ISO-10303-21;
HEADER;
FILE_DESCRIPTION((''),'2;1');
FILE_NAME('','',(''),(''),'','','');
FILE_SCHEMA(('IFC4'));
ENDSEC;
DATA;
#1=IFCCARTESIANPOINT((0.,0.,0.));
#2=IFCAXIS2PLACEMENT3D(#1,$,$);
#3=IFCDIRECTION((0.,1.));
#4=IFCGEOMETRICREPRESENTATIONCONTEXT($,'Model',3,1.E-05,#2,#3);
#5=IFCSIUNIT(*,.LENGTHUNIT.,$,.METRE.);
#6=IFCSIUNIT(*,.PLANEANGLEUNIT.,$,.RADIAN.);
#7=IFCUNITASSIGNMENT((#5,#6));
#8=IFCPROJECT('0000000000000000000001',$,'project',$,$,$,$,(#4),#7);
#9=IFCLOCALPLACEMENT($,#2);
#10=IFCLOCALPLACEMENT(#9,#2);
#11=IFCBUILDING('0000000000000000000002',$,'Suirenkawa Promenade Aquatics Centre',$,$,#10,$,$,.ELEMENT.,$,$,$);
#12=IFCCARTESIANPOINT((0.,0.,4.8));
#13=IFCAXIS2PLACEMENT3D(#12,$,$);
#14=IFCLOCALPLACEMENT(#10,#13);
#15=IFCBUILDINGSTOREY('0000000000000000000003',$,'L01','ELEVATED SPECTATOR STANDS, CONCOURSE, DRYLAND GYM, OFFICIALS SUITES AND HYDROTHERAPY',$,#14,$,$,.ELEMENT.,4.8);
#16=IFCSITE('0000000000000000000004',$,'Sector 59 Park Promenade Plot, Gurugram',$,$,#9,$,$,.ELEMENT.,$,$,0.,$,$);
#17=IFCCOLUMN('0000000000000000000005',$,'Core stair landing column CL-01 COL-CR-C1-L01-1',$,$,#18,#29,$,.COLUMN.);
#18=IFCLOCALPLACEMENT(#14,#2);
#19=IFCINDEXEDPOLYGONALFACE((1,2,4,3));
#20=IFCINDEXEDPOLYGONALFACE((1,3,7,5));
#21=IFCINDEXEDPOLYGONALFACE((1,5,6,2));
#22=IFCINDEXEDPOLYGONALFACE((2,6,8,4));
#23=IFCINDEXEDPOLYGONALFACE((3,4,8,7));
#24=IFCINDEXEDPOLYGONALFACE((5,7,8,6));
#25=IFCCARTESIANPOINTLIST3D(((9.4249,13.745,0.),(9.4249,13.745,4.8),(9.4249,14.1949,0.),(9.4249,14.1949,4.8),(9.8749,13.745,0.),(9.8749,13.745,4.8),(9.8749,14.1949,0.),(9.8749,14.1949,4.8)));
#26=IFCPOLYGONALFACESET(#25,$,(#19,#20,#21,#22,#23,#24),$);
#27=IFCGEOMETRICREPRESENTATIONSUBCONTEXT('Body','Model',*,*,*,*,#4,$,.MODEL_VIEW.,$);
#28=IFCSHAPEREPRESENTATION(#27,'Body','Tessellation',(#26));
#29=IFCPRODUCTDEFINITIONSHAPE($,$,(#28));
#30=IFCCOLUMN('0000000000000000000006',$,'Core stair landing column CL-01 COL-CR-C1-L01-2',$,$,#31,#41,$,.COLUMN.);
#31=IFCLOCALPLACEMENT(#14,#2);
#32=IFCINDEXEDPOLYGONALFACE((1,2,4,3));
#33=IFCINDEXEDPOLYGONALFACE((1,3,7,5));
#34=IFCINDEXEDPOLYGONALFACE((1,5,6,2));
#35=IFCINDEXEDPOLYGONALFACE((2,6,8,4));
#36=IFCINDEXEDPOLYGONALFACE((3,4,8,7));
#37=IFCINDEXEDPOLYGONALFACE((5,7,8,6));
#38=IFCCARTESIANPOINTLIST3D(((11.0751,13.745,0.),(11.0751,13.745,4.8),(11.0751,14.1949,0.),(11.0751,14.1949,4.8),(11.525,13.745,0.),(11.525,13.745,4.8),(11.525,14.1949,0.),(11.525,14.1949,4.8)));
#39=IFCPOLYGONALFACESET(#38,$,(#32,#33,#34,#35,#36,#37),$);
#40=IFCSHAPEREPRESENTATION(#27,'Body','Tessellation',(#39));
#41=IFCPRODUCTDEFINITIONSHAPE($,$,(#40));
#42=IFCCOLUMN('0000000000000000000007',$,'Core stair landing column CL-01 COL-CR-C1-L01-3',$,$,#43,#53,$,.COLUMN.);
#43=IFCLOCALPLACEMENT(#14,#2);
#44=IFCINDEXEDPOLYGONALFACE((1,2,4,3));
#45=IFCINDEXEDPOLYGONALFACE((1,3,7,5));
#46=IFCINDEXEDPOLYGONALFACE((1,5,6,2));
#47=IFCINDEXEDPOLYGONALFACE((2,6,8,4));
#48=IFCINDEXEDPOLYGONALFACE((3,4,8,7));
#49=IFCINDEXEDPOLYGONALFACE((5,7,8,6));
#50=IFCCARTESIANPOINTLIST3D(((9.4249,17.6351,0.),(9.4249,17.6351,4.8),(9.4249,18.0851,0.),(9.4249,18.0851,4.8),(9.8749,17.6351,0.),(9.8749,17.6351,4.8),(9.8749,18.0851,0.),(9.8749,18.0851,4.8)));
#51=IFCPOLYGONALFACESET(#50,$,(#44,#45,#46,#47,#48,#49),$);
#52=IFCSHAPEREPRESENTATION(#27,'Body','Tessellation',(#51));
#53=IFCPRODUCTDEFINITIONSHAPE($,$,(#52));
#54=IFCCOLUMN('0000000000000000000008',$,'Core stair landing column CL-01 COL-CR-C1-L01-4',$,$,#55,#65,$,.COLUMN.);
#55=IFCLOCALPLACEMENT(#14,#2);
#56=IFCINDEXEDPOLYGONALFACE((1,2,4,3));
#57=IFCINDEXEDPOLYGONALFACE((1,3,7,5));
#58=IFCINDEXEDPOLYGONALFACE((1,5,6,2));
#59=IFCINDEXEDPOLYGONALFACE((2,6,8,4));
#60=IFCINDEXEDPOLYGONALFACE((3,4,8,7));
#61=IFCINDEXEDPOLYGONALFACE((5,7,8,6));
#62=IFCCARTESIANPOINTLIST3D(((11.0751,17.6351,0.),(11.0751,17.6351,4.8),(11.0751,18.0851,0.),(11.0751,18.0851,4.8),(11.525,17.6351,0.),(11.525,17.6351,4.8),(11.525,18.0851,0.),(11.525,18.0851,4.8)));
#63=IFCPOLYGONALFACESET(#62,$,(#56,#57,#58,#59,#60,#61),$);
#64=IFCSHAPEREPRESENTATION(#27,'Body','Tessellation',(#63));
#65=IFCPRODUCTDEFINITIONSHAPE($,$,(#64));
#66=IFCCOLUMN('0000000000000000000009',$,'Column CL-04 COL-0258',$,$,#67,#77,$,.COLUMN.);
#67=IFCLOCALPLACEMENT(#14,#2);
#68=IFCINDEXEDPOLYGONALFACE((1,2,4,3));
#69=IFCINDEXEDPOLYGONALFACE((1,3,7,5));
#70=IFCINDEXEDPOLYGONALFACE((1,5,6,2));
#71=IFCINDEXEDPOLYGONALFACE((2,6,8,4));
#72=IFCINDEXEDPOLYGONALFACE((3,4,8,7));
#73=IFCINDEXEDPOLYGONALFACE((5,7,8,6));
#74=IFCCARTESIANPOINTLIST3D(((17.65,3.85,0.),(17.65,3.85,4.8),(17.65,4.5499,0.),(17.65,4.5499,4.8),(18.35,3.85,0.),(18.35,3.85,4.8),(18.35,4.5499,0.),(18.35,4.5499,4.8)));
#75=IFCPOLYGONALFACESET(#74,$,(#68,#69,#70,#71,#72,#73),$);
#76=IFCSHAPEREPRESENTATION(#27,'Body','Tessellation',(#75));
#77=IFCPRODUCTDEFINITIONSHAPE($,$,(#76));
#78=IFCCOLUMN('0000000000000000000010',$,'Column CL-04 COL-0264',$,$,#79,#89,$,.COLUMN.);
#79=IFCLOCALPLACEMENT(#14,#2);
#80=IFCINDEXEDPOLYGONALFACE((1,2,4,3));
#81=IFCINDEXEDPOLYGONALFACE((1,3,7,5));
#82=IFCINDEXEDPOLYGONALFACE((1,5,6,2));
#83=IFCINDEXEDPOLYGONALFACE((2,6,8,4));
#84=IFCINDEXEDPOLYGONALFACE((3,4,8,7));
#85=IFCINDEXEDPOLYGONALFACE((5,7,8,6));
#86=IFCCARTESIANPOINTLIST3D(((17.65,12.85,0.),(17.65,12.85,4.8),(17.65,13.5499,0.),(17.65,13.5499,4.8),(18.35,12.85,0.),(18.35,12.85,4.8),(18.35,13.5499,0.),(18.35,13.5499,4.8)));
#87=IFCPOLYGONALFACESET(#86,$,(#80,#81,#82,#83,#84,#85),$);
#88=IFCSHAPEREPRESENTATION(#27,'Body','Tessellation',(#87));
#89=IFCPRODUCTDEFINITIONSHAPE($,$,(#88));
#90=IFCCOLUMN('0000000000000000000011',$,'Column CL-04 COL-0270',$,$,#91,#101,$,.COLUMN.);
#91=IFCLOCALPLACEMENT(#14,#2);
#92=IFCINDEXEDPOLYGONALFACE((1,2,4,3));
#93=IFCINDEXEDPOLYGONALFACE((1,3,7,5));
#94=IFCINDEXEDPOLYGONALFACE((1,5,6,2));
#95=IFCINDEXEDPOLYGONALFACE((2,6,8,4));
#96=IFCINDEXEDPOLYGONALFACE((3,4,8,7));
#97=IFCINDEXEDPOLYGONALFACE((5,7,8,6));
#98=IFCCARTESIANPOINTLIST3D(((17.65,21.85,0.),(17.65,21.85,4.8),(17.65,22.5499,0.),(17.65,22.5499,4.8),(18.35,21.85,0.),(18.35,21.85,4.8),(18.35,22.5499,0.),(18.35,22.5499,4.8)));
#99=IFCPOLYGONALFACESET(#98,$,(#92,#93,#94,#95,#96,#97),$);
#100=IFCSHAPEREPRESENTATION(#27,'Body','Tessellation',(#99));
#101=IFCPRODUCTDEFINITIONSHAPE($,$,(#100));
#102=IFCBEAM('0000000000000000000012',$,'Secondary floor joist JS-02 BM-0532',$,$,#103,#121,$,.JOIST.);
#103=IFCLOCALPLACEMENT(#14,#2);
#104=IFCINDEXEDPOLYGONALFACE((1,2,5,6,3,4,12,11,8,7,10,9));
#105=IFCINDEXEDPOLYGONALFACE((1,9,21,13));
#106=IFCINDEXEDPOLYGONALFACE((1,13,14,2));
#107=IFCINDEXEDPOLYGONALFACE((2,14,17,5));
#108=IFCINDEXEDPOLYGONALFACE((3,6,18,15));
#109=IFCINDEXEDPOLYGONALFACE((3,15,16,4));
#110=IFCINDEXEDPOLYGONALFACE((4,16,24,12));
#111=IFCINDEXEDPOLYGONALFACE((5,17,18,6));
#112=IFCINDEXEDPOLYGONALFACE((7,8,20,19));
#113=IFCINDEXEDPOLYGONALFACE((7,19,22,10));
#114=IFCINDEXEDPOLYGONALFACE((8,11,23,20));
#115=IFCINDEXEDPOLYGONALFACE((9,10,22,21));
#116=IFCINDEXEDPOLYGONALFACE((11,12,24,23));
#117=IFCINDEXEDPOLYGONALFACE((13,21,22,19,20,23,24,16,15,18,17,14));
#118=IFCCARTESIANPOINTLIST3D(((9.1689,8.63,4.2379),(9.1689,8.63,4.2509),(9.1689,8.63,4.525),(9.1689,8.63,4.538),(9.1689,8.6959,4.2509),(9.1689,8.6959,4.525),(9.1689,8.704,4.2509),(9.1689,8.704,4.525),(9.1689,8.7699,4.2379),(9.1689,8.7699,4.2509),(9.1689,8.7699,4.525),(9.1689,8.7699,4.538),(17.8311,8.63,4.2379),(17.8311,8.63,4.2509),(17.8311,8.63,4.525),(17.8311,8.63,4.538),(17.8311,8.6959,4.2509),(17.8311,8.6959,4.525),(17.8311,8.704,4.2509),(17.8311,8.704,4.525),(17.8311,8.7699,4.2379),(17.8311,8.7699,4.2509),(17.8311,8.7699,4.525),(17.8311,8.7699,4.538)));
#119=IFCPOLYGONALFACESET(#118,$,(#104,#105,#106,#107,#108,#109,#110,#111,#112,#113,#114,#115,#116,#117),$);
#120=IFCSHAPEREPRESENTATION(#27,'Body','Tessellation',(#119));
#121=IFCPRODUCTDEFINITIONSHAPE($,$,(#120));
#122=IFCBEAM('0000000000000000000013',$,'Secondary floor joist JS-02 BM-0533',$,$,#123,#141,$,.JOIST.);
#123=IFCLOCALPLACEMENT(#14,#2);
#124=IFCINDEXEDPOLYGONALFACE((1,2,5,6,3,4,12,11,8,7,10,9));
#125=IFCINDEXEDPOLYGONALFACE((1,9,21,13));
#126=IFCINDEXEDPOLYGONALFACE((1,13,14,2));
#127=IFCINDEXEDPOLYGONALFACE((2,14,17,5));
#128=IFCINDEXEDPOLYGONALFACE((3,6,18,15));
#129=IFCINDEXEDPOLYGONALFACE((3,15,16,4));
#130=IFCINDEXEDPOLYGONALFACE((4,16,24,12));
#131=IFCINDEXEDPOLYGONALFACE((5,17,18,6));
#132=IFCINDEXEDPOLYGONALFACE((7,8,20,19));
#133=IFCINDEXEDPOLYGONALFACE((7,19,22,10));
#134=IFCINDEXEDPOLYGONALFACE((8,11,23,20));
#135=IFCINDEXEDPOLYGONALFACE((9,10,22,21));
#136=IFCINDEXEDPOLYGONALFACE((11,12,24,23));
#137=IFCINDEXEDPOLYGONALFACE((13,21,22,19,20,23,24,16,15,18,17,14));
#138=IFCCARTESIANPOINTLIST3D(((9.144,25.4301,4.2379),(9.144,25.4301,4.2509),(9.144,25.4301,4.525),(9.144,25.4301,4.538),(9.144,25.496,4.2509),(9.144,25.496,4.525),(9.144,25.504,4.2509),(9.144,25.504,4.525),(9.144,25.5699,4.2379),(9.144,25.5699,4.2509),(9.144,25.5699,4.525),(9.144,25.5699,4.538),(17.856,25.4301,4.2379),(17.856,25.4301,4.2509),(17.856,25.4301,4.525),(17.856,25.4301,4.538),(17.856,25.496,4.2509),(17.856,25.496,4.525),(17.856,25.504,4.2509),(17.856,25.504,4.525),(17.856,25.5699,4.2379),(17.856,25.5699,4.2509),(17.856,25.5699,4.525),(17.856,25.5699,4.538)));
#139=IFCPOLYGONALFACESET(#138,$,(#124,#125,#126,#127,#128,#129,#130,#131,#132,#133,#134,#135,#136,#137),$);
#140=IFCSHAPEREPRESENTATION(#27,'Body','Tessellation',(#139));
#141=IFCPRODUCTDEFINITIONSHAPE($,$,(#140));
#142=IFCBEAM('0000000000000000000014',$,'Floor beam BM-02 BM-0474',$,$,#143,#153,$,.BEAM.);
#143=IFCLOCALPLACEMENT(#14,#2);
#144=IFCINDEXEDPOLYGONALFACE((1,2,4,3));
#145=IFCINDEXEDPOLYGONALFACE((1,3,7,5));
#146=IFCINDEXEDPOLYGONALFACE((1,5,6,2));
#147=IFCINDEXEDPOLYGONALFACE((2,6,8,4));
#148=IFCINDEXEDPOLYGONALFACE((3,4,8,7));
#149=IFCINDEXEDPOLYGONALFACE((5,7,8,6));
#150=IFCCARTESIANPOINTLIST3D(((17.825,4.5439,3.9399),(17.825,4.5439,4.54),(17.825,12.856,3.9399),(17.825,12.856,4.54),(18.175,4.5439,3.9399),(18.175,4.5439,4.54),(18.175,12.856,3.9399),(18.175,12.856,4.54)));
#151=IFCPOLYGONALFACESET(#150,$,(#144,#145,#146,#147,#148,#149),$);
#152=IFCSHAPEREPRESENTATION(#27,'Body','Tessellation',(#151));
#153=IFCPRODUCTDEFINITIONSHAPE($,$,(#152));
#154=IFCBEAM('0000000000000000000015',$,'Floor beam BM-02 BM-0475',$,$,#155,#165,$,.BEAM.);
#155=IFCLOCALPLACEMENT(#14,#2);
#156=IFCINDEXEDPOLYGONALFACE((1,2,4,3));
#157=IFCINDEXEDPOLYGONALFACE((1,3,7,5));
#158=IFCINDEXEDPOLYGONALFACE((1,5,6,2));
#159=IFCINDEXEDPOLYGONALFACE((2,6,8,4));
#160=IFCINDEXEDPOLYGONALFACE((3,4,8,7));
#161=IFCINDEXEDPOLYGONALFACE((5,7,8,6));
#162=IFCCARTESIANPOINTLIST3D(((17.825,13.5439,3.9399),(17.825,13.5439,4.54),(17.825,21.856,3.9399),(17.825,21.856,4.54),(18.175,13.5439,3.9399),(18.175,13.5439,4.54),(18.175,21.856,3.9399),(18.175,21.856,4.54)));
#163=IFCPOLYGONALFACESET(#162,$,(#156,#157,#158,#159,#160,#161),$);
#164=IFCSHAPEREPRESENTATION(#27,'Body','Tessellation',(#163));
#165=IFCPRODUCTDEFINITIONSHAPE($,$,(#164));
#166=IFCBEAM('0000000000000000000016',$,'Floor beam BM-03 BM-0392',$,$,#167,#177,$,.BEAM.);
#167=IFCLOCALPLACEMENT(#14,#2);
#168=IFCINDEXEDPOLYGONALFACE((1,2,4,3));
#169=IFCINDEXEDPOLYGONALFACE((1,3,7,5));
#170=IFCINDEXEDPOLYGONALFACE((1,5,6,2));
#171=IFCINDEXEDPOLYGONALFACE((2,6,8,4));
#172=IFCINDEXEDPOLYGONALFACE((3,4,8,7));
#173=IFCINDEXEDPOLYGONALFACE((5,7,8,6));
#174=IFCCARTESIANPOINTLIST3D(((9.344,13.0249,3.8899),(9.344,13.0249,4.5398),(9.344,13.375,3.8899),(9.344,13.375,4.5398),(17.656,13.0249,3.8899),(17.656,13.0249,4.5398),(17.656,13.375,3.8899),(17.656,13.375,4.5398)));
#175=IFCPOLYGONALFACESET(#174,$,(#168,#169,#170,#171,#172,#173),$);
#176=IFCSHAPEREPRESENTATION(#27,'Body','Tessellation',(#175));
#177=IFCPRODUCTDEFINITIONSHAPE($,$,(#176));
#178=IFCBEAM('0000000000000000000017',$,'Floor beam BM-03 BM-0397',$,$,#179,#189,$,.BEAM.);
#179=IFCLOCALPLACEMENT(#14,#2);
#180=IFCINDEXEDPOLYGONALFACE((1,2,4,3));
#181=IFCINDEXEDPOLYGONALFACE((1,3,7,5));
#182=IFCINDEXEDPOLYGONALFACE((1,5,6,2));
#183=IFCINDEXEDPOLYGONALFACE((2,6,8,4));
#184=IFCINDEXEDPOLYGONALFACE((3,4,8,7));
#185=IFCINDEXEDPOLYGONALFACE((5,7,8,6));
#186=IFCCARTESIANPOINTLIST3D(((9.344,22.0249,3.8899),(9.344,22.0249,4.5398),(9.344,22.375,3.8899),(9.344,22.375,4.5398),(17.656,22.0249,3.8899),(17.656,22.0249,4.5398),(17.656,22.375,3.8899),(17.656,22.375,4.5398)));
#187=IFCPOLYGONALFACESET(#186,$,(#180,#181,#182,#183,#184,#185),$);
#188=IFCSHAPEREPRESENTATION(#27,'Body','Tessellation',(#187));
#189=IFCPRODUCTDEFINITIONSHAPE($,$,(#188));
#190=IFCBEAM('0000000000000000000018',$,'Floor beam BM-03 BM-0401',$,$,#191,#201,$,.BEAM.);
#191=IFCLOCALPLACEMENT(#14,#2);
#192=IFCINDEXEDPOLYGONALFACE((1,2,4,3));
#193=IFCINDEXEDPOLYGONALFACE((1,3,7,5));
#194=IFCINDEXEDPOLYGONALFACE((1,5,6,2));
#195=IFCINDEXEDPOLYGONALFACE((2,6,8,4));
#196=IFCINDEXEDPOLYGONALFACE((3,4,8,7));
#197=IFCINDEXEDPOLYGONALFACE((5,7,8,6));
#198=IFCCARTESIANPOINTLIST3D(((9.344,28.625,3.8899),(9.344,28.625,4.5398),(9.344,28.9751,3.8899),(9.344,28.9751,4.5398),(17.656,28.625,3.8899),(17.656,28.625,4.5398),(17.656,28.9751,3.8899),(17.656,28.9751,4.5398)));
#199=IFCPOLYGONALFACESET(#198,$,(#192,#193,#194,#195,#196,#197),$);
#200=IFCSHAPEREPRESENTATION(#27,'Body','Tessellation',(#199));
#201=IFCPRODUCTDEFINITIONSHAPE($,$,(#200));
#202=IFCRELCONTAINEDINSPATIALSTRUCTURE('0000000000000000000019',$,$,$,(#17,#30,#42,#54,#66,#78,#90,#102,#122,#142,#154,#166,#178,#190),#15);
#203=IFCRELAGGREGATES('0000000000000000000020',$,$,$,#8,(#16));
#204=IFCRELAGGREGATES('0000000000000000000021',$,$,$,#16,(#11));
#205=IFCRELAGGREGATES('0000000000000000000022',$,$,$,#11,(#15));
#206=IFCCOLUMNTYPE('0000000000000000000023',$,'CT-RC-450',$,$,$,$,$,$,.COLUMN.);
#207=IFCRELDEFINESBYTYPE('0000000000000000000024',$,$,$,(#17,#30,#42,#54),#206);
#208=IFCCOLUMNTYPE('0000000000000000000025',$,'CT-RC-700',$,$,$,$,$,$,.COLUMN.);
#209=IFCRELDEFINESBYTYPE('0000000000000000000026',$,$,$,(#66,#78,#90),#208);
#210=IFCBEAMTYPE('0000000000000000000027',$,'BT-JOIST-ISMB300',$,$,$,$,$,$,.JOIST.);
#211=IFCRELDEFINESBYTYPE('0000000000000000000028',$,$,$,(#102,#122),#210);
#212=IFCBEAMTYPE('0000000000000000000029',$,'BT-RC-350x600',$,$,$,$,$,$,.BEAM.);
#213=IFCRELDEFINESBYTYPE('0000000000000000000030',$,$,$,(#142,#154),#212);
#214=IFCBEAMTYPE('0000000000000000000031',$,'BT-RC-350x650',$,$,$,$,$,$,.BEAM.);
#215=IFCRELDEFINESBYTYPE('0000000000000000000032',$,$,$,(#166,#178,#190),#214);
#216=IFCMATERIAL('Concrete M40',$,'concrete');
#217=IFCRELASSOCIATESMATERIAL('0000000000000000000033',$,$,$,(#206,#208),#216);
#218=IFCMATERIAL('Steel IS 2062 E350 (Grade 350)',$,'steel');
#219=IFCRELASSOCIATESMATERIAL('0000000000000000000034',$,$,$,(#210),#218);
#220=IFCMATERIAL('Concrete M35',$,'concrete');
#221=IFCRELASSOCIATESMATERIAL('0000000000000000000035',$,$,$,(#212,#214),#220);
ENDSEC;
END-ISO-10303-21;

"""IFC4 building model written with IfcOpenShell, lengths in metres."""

from ifc_helpers import new_model, si_unit, direction, frame, origin, origin_2d, place, context, subcontext, project, spatial, rectangle, i_section, extrude, material, material_profile, profile_set, type_object, element, save


model = new_model("IFC4")

# Units and contexts
model_context = context("Model", 3, precision=1e-05, world=origin(), true_north=direction((0.0, 1.0)))
body_context = subcontext(model_context, "Body", "Model", "MODEL_VIEW")
ifc_project = project(units=[si_unit("LENGTHUNIT", "METRE"), si_unit("PLANEANGLEUNIT", "RADIAN")], contexts=[model_context])

# Site, building, storey
site_placement = place(None, origin())
site = spatial("IfcSite", under=ifc_project, at=site_placement, Name="Sector 59 Park Promenade Plot, Gurugram", CompositionType="ELEMENT", RefElevation=0.0)
building_placement = place(site_placement, origin())
building = spatial("IfcBuilding", under=site, at=building_placement, Name="Suirenkawa Promenade Aquatics Centre", CompositionType="ELEMENT")
storey_placement = place(building_placement, frame((0.0, 0.0, 4.8)))
storey = spatial("IfcBuildingStorey", under=building, at=storey_placement, Name="L01", Description="ELEVATED SPECTATOR STANDS, CONCOURSE, DRYLAND GYM, OFFICIALS SUITES AND HYDROTHERAPY", CompositionType="ELEMENT", Elevation=4.8)

# Columns
ifc_material_1 = material(Name="Concrete M40", Category="concrete")
ifc_material_profile_1 = material_profile(ifc_material_1, rectangle(XDim=0.45, YDim=0.45, at=origin_2d()), Name="RC COL 450x450", Category="concrete")
ifc_profile_set_1 = profile_set([ifc_material_profile_1], Name="Concrete M40")
column_type_1 = type_object("IfcColumnType", Name="CT-RC-450", PredefinedType="COLUMN", material=ifc_profile_set_1)
for number, where, z_axis, x_axis, name in (
    (1, (9.6499, 13.97, 0.0), (0.0, 0.0, 1.0), (1.0, 0.0, 0.0), "Core stair landing column CL-01 COL-CR-C1-L01-1"),
    (2, (11.3, 13.97, 0.0), (0.0, 0.0, 1.0), (1.0, 0.0, 0.0), "Core stair landing column CL-01 COL-CR-C1-L01-2"),
    (3, (9.6499, 17.8601, 0.0), (0.0, 0.0, 1.0), (1.0, 0.0, 0.0), "Core stair landing column CL-01 COL-CR-C1-L01-3"),
    (4, (11.3, 17.8601, 0.0), (0.0, 0.0, 1.0), (1.0, 0.0, 0.0), "Core stair landing column CL-01 COL-CR-C1-L01-4"),
):
    element("IfcColumn", number, at=place(storey_placement, frame(where, z_axis=z_axis, x_axis=x_axis)), inside=storey, type_object=column_type_1, Name=name, PredefinedType="COLUMN", context=body_context, shape_type="SweptSolid", body=[
        extrude(rectangle(XDim=0.45, YDim=0.45, at=origin_2d()), origin(), (0.0, 0.0, 1.0), 4.8),
    ])
ifc_material_profile_2 = material_profile(ifc_material_1, rectangle(XDim=0.7, YDim=0.7, at=origin_2d()), Name="RC COL 700x700", Category="concrete")
ifc_profile_set_2 = profile_set([ifc_material_profile_2], Name="Concrete M40")
column_type_2 = type_object("IfcColumnType", Name="CT-RC-700", PredefinedType="COLUMN", material=ifc_profile_set_2)
for number, where, z_axis, x_axis, name in (
    (5, (18.0, 4.2, 0.0), (0.0, 0.0, 1.0), (1.0, 0.0, 0.0), "Column CL-04 COL-0258"),
    (6, (18.0, 13.2, 0.0), (0.0, 0.0, 1.0), (1.0, 0.0, 0.0), "Column CL-04 COL-0264"),
    (7, (18.0, 22.2, 0.0), (0.0, 0.0, 1.0), (1.0, 0.0, 0.0), "Column CL-04 COL-0270"),
):
    element("IfcColumn", number, at=place(storey_placement, frame(where, z_axis=z_axis, x_axis=x_axis)), inside=storey, type_object=column_type_2, Name=name, PredefinedType="COLUMN", context=body_context, shape_type="SweptSolid", body=[
        extrude(rectangle(XDim=0.7, YDim=0.7, at=origin_2d()), origin(), (0.0, 0.0, 1.0), 4.8),
    ])

# Beams
ifc_material_2 = material(Name="Steel IS 2062 E350 (Grade 350)", Category="steel")
ifc_material_profile_3 = material_profile(ifc_material_2, i_section(OverallWidth=0.1399, OverallDepth=0.3, WebThickness=0.0081, FlangeThickness=0.0129, at=origin_2d()), Name="ISMB 300", Category="steel")
ifc_profile_set_3 = profile_set([ifc_material_profile_3], Name="Steel IS 2062 E350 (Grade 350)")
beam_type_1 = type_object("IfcBeamType", Name="BT-JOIST-ISMB300", PredefinedType="JOIST", material=ifc_profile_set_3)
beam_1_placement = place(storey_placement, frame((9.1689, 8.7, 4.3879), z_axis=(1.0, 0.0, 0.0), x_axis=(0.0, 1.0, 0.0)))
element("IfcBeam", 8, at=beam_1_placement, inside=storey, type_object=beam_type_1, Name="Secondary floor joist JS-02 BM-0532", PredefinedType="JOIST", context=body_context, shape_type="SweptSolid", body=[
    extrude(i_section(OverallWidth=0.1399, OverallDepth=0.3, WebThickness=0.0081, FlangeThickness=0.0129, at=origin_2d()), origin(), (0.0, 0.0, 1.0), 8.6621),
])
beam_2_placement = place(storey_placement, frame((9.144, 25.5, 4.3879), z_axis=(1.0, 0.0, 0.0), x_axis=(0.0, 1.0, 0.0)))
element("IfcBeam", 9, at=beam_2_placement, inside=storey, type_object=beam_type_1, Name="Secondary floor joist JS-02 BM-0533", PredefinedType="JOIST", context=body_context, shape_type="SweptSolid", body=[
    extrude(i_section(OverallWidth=0.1399, OverallDepth=0.3, WebThickness=0.0081, FlangeThickness=0.0129, at=origin_2d()), origin(), (0.0, 0.0, 1.0), 8.7119),
])
ifc_material_3 = material(Name="Concrete M35", Category="concrete")
ifc_material_profile_4 = material_profile(ifc_material_3, rectangle(XDim=0.3501, YDim=0.6001, at=origin_2d()), Name="RC BM 350x600", Category="concrete")
ifc_profile_set_4 = profile_set([ifc_material_profile_4], Name="Concrete M35")
beam_type_2 = type_object("IfcBeamType", Name="BT-RC-350x600", PredefinedType="BEAM", material=ifc_profile_set_4)
for number, where, z_axis, x_axis, name in (
    (10, (18.0, 4.5439, 4.24), (0.0, 1.0, 0.0), (-1.0, 0.0, 0.0), "Floor beam BM-02 BM-0474"),
    (11, (18.0, 13.5439, 4.24), (0.0, 1.0, 0.0), (-1.0, 0.0, 0.0), "Floor beam BM-02 BM-0475"),
):
    element("IfcBeam", number, at=place(storey_placement, frame(where, z_axis=z_axis, x_axis=x_axis)), inside=storey, type_object=beam_type_2, Name=name, PredefinedType="BEAM", context=body_context, shape_type="SweptSolid", body=[
        extrude(rectangle(XDim=0.3501, YDim=0.6001, at=origin_2d()), origin(), (0.0, 0.0, 1.0), 8.312),
    ])
ifc_material_profile_5 = material_profile(ifc_material_3, rectangle(XDim=0.3501, YDim=0.6499, at=origin_2d()), Name="RC BM 350x650", Category="concrete")
ifc_profile_set_5 = profile_set([ifc_material_profile_5], Name="Concrete M35")
beam_type_3 = type_object("IfcBeamType", Name="BT-RC-350x650", PredefinedType="BEAM", material=ifc_profile_set_5)
for number, where, z_axis, x_axis, name in (
    (12, (9.344, 13.2, 4.2148), (1.0, 0.0, 0.0), (0.0, 1.0, 0.0), "Floor beam BM-03 BM-0392"),
    (13, (9.344, 22.2, 4.2148), (1.0, 0.0, 0.0), (0.0, 1.0, 0.0), "Floor beam BM-03 BM-0397"),
    (14, (9.344, 28.8, 4.2148), (1.0, 0.0, 0.0), (0.0, 1.0, 0.0), "Floor beam BM-03 BM-0401"),
):
    element("IfcBeam", number, at=place(storey_placement, frame(where, z_axis=z_axis, x_axis=x_axis)), inside=storey, type_object=beam_type_3, Name=name, PredefinedType="BEAM", context=body_context, shape_type="SweptSolid", body=[
        extrude(rectangle(XDim=0.3501, YDim=0.6499, at=origin_2d()), origin(), (0.0, 0.0, 1.0), 8.312),
    ])

save(model, "model.ifc")
